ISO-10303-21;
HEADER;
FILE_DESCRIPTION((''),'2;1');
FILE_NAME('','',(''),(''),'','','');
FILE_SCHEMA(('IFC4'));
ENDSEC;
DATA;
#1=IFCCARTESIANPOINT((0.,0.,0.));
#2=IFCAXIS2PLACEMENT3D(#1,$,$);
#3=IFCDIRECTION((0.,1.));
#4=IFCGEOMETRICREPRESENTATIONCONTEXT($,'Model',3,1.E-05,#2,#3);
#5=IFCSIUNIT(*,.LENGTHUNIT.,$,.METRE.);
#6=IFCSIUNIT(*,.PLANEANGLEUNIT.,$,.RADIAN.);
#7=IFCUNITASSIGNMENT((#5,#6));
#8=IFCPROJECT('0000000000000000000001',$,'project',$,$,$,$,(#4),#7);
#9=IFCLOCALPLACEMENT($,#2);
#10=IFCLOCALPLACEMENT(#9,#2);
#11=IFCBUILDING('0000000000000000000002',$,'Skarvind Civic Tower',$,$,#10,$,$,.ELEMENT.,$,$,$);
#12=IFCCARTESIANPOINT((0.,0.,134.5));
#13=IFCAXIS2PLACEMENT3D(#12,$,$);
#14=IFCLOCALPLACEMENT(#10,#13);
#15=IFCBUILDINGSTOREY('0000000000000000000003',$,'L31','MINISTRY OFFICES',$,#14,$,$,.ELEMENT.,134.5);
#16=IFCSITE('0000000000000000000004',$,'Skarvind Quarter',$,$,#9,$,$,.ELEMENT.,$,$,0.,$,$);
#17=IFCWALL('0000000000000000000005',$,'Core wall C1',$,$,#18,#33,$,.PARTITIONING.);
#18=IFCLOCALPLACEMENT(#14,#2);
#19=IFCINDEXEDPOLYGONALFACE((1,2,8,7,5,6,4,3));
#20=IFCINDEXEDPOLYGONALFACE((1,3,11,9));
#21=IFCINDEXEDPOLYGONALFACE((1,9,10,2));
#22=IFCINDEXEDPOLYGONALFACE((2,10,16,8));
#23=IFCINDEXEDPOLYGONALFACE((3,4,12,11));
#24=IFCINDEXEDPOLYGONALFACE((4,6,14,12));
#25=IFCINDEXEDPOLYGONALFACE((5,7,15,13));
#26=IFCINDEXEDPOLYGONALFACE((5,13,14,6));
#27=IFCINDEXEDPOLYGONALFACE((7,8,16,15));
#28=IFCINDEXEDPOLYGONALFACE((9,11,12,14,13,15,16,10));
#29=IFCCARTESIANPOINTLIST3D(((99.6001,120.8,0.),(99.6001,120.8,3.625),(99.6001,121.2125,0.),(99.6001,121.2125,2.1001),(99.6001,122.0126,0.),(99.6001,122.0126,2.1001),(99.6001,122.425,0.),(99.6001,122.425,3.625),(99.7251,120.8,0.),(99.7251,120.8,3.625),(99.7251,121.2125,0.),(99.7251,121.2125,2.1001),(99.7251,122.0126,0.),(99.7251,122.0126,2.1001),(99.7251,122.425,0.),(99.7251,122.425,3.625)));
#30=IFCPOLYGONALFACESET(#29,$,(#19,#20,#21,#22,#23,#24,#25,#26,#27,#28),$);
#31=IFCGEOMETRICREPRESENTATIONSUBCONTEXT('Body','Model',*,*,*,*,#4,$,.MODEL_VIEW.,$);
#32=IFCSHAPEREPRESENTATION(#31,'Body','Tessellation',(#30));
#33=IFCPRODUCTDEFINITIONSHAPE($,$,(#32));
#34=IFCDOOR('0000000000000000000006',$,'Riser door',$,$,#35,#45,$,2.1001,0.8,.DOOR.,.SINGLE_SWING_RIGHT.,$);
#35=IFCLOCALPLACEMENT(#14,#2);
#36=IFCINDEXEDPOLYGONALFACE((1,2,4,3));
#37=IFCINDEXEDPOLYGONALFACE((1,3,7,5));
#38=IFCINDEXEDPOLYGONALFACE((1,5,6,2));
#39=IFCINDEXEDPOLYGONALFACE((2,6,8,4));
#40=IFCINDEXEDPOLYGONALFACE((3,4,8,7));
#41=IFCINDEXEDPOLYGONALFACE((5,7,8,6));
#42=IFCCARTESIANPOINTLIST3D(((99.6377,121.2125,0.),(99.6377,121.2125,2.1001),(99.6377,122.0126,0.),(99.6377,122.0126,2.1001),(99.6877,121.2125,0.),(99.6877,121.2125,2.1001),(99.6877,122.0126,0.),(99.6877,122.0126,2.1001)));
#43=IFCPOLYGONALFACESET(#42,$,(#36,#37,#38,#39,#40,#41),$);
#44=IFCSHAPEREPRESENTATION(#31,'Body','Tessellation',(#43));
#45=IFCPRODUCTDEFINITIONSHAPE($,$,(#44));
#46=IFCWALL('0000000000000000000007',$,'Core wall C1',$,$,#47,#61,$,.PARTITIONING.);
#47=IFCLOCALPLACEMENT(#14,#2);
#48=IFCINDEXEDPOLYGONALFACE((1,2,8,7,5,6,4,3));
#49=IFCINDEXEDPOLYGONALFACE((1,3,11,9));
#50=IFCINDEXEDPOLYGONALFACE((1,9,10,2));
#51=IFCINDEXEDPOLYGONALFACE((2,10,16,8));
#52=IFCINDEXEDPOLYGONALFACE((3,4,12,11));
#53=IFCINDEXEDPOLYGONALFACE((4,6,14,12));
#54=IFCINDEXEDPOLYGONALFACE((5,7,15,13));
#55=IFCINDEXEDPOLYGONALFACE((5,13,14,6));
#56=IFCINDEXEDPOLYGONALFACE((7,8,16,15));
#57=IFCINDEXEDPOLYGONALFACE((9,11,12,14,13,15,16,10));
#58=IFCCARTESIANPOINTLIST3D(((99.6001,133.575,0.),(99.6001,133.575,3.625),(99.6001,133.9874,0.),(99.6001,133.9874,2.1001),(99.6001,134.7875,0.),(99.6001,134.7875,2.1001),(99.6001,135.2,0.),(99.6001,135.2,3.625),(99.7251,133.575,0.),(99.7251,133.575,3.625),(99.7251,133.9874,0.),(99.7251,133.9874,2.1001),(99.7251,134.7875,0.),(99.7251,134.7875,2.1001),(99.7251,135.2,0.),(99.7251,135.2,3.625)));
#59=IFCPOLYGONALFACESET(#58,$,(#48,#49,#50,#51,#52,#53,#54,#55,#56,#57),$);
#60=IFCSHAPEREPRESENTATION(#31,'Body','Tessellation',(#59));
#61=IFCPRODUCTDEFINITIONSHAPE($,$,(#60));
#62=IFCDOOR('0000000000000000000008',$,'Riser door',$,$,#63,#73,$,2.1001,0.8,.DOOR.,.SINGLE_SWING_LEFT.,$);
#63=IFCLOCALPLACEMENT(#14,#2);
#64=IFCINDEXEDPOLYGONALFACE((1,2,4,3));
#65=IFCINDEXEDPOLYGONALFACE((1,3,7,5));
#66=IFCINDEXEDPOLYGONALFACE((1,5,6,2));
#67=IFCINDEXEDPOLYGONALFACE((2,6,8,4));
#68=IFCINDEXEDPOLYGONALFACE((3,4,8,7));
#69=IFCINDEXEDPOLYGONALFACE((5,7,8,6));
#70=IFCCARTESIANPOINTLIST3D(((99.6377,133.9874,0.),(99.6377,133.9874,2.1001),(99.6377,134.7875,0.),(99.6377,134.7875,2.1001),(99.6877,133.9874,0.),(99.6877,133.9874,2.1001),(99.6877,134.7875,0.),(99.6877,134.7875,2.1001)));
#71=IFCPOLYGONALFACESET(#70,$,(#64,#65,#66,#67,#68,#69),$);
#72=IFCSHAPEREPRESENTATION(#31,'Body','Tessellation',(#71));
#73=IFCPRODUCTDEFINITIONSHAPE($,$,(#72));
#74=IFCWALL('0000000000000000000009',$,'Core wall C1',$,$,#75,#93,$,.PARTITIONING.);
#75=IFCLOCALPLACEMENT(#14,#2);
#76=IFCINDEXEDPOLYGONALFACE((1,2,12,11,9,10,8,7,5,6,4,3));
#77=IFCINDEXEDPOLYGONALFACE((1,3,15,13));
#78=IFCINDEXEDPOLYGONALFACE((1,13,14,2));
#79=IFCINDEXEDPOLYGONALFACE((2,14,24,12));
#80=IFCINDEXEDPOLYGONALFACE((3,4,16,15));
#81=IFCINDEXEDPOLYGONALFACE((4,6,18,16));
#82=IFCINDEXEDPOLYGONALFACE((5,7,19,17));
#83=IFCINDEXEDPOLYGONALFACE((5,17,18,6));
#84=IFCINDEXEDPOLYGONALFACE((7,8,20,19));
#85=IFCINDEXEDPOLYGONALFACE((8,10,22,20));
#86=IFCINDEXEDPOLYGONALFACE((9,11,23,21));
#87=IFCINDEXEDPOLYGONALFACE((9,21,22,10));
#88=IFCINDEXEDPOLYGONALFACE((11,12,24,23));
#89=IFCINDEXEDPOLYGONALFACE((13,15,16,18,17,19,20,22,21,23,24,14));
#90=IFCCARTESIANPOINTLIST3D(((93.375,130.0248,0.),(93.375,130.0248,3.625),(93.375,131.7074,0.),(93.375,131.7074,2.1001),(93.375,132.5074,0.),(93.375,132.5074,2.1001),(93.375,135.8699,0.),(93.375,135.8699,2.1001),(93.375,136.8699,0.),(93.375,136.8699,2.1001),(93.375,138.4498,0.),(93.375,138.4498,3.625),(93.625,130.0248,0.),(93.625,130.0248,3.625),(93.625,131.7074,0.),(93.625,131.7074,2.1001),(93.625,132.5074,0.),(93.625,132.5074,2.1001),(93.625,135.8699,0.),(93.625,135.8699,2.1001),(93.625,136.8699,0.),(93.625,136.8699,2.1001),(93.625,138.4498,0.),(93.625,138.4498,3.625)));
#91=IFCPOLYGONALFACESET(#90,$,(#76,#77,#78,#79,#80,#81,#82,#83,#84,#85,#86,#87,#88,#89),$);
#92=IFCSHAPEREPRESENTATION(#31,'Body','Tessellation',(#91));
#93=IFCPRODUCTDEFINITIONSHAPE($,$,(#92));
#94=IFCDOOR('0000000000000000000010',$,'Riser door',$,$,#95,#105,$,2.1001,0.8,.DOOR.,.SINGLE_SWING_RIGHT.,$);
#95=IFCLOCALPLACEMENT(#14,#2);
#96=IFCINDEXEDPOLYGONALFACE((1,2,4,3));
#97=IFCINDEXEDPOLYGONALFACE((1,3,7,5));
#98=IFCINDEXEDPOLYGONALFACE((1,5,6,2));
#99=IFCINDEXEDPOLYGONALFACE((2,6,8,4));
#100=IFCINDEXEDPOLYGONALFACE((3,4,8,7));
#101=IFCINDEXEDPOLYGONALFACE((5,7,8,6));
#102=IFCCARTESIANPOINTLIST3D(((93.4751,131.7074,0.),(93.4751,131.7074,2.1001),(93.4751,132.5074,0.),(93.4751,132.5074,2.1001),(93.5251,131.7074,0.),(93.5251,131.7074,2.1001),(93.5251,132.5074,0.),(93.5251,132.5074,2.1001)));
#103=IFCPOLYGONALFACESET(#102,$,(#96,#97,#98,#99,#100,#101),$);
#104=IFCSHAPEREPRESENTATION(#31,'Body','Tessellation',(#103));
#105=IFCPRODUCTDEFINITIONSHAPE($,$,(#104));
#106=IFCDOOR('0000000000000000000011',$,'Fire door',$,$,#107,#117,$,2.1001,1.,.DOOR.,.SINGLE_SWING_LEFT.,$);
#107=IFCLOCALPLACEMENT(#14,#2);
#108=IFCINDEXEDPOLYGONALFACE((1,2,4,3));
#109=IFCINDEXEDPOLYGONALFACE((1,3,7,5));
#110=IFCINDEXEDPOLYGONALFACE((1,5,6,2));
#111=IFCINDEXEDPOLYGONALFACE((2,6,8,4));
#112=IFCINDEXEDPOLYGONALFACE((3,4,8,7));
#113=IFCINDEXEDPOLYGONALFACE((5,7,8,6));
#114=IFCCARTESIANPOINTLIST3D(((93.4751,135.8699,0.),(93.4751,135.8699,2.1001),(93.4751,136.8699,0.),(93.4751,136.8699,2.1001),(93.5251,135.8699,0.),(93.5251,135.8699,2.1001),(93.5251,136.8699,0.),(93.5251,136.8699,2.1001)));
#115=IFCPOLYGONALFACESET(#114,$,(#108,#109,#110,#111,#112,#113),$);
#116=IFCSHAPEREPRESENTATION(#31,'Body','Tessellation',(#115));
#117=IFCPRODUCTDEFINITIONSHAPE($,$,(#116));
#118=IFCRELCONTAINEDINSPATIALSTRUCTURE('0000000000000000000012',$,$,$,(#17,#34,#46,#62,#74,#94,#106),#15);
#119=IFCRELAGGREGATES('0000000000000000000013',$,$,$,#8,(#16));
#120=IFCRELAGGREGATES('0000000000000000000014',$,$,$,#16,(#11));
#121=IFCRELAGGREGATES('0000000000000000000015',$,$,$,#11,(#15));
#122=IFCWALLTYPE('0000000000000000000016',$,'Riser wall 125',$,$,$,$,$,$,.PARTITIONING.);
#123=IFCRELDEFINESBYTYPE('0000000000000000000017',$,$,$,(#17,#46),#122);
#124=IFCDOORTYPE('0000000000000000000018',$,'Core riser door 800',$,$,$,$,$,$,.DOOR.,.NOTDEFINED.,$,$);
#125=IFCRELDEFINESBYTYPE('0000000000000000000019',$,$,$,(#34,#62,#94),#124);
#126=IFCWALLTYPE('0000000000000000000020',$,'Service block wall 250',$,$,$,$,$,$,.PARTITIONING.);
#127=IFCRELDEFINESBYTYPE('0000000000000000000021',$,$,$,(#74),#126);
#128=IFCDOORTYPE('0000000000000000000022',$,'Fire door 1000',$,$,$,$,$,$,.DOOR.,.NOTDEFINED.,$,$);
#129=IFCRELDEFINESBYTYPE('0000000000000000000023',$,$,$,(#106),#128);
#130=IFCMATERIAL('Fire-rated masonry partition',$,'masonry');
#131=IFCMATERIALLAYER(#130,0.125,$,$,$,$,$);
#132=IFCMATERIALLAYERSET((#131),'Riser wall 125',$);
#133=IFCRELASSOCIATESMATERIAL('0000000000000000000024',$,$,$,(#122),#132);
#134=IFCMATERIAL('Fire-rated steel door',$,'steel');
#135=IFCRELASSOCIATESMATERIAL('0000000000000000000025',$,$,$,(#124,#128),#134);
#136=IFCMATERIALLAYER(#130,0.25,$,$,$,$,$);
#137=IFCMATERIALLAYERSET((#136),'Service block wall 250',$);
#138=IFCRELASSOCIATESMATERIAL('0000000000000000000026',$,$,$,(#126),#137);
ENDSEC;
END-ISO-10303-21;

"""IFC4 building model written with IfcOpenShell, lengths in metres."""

from ifc_helpers import new_model, si_unit, direction, frame, frame_2d, origin, place, context, subcontext, project, spatial, rectangle, extrude, material, layer, layer_set, type_object, element, fill, save


model = new_model("IFC4")

# Units and contexts
model_context = context("Model", 3, precision=1e-05, world=origin(), true_north=direction((0.0, 1.0)))
body_context = subcontext(model_context, "Body", "Model", "MODEL_VIEW")
ifc_project = project(units=[si_unit("LENGTHUNIT", "METRE"), si_unit("PLANEANGLEUNIT", "RADIAN")], contexts=[model_context])

# Site, building, storey
site_placement = place(None, origin())
site = spatial("IfcSite", under=ifc_project, at=site_placement, Name="Skarvind Quarter", CompositionType="ELEMENT", RefElevation=0.0)
building_placement = place(site_placement, origin())
building = spatial("IfcBuilding", under=site, at=building_placement, Name="Skarvind Civic Tower", CompositionType="ELEMENT")
storey_placement = place(building_placement, frame((0.0, 0.0, 134.5)))
storey = spatial("IfcBuildingStorey", under=building, at=storey_placement, Name="L31", Description="MINISTRY OFFICES", CompositionType="ELEMENT", Elevation=134.5)

# Shared definitions
ifc_material_1 = material(Name="Fire-rated masonry partition", Category="masonry")
ifc_material_2 = material(Name="Fire-rated steel door", Category="steel")

# Walls, openings, doors
ifc_layer_1 = layer(ifc_material_1, 0.125)
ifc_layer_set_1 = layer_set([ifc_layer_1], Name="Riser wall 125")
wall_type_1 = type_object("IfcWallType", Name="Riser wall 125", PredefinedType="PARTITIONING", material=ifc_layer_set_1)
wall_1_placement = place(storey_placement, frame((99.6626, 120.8, 0.0), z_axis=(0.0, 0.0, 1.0), x_axis=(0.0, 1.0, 0.0)))
wall_1 = element("IfcWall", 1, at=wall_1_placement, inside=storey, type_object=wall_type_1, Name="Core wall C1", PredefinedType="PARTITIONING", context=body_context, shape_type="SweptSolid", body=[
    extrude(rectangle(XDim=1.625, YDim=0.125, at=frame_2d((0.8125, 0.0))), origin(), (0.0, 0.0, 1.0), 3.625),
])
opening_1_placement = place(wall_1_placement, frame((0.4126, 0.0, 0.0)))
opening_1 = element("IfcOpeningElement", 2, at=opening_1_placement, cuts=wall_1, PredefinedType="OPENING", context=body_context, shape_type="SweptSolid", body=[
    extrude(rectangle(XDim=0.8, YDim=2.1001, at=frame_2d((0.3999, 1.05))), frame((0.0, 0.0725, 0.0), z_axis=(0.0, -1.0, 0.0), x_axis=(1.0, 0.0, 0.0)), (0.0, 0.0, 1.0), 0.145),
])
door_type_1 = type_object("IfcDoorType", Name="Core riser door 800", OperationType="NOTDEFINED", PredefinedType="DOOR", material=ifc_material_2)
door_1_placement = place(opening_1_placement, origin())
door_1 = element("IfcDoor", 3, at=door_1_placement, inside=storey, type_object=door_type_1, Name="Riser door", OperationType="SINGLE_SWING_RIGHT", OverallHeight=2.1001, OverallWidth=0.8, PredefinedType="DOOR", context=body_context, shape_type="SweptSolid", body=[
    extrude(rectangle(XDim=0.8, YDim=2.1001, at=frame_2d((0.3999, 1.05))), frame((0.0, 0.0249, 0.0), z_axis=(0.0, -1.0, 0.0), x_axis=(1.0, 0.0, 0.0)), (0.0, 0.0, 1.0), 0.05),
])
fill(opening_1, door_1)
wall_2_placement = place(storey_placement, frame((99.6626, 133.575, 0.0), z_axis=(0.0, 0.0, 1.0), x_axis=(0.0, 1.0, 0.0)))
wall_2 = element("IfcWall", 4, at=wall_2_placement, inside=storey, type_object=wall_type_1, Name="Core wall C1", PredefinedType="PARTITIONING", context=body_context, shape_type="SweptSolid", body=[
    extrude(rectangle(XDim=1.625, YDim=0.125, at=frame_2d((0.8125, 0.0))), origin(), (0.0, 0.0, 1.0), 3.625),
])
opening_2_placement = place(wall_2_placement, frame((0.4126, 0.0, 0.0)))
opening_2 = element("IfcOpeningElement", 5, at=opening_2_placement, cuts=wall_2, PredefinedType="OPENING", context=body_context, shape_type="SweptSolid", body=[
    extrude(rectangle(XDim=0.8, YDim=2.1001, at=frame_2d((0.3999, 1.05))), frame((0.0, 0.0725, 0.0), z_axis=(0.0, -1.0, 0.0), x_axis=(1.0, 0.0, 0.0)), (0.0, 0.0, 1.0), 0.145),
])
door_2_placement = place(opening_2_placement, origin())
door_2 = element("IfcDoor", 6, at=door_2_placement, inside=storey, type_object=door_type_1, Name="Riser door", OperationType="SINGLE_SWING_LEFT", OverallHeight=2.1001, OverallWidth=0.8, PredefinedType="DOOR", context=body_context, shape_type="SweptSolid", body=[
    extrude(rectangle(XDim=0.8, YDim=2.1001, at=frame_2d((0.3999, 1.05))), frame((0.0, 0.0249, 0.0), z_axis=(0.0, -1.0, 0.0), x_axis=(1.0, 0.0, 0.0)), (0.0, 0.0, 1.0), 0.05),
])
fill(opening_2, door_2)

# Wall, openings, doors
ifc_layer_2 = layer(ifc_material_1, 0.25)
ifc_layer_set_2 = layer_set([ifc_layer_2], Name="Service block wall 250")
wall_type_2 = type_object("IfcWallType", Name="Service block wall 250", PredefinedType="PARTITIONING", material=ifc_layer_set_2)
wall_3_placement = place(storey_placement, frame((93.5, 130.0249, 0.0), z_axis=(0.0, 0.0, 1.0), x_axis=(0.0, 1.0, 0.0)))
wall_3 = element("IfcWall", 7, at=wall_3_placement, inside=storey, type_object=wall_type_2, Name="Core wall C1", PredefinedType="PARTITIONING", context=body_context, shape_type="SweptSolid", body=[
    extrude(rectangle(XDim=8.425, YDim=0.25, at=frame_2d((4.2124, 0.0))), origin(), (0.0, 0.0, 1.0), 3.625),
])
opening_3_placement = place(wall_3_placement, frame((1.6826, 0.0, 0.0)))
opening_3 = element("IfcOpeningElement", 8, at=opening_3_placement, cuts=wall_3, PredefinedType="OPENING", context=body_context, shape_type="SweptSolid", body=[
    extrude(rectangle(XDim=0.8, YDim=2.1001, at=frame_2d((0.3999, 1.05))), frame((0.0, 0.135, 0.0), z_axis=(0.0, -1.0, 0.0), x_axis=(1.0, 0.0, 0.0)), (0.0, 0.0, 1.0), 0.27),
])
opening_4_placement = place(wall_3_placement, frame((5.845, 0.0, 0.0)))
opening_4 = element("IfcOpeningElement", 9, at=opening_4_placement, cuts=wall_3, PredefinedType="OPENING", context=body_context, shape_type="SweptSolid", body=[
    extrude(rectangle(XDim=1.0, YDim=2.1001, at=frame_2d((0.5, 1.05))), frame((0.0, 0.135, 0.0), z_axis=(0.0, -1.0, 0.0), x_axis=(1.0, 0.0, 0.0)), (0.0, 0.0, 1.0), 0.27),
])
door_3_placement = place(opening_3_placement, origin())
door_3 = element("IfcDoor", 10, at=door_3_placement, inside=storey, type_object=door_type_1, Name="Riser door", OperationType="SINGLE_SWING_RIGHT", OverallHeight=2.1001, OverallWidth=0.8, PredefinedType="DOOR", context=body_context, shape_type="SweptSolid", body=[
    extrude(rectangle(XDim=0.8, YDim=2.1001, at=frame_2d((0.3999, 1.05))), frame((0.0, 0.0249, 0.0), z_axis=(0.0, -1.0, 0.0), x_axis=(1.0, 0.0, 0.0)), (0.0, 0.0, 1.0), 0.05),
])
fill(opening_3, door_3)
door_type_2 = type_object("IfcDoorType", Name="Fire door 1000", OperationType="NOTDEFINED", PredefinedType="DOOR", material=ifc_material_2)
door_4_placement = place(opening_4_placement, origin())
door_4 = element("IfcDoor", 11, at=door_4_placement, inside=storey, type_object=door_type_2, Name="Fire door", OperationType="SINGLE_SWING_LEFT", OverallHeight=2.1001, OverallWidth=1.0, PredefinedType="DOOR", context=body_context, shape_type="SweptSolid", body=[
    extrude(rectangle(XDim=1.0, YDim=2.1001, at=frame_2d((0.5, 1.05))), frame((0.0, 0.0249, 0.0), z_axis=(0.0, -1.0, 0.0), x_axis=(1.0, 0.0, 0.0)), (0.0, 0.0, 1.0), 0.05),
])
fill(opening_4, door_4)

save(model, "model.ifc")
